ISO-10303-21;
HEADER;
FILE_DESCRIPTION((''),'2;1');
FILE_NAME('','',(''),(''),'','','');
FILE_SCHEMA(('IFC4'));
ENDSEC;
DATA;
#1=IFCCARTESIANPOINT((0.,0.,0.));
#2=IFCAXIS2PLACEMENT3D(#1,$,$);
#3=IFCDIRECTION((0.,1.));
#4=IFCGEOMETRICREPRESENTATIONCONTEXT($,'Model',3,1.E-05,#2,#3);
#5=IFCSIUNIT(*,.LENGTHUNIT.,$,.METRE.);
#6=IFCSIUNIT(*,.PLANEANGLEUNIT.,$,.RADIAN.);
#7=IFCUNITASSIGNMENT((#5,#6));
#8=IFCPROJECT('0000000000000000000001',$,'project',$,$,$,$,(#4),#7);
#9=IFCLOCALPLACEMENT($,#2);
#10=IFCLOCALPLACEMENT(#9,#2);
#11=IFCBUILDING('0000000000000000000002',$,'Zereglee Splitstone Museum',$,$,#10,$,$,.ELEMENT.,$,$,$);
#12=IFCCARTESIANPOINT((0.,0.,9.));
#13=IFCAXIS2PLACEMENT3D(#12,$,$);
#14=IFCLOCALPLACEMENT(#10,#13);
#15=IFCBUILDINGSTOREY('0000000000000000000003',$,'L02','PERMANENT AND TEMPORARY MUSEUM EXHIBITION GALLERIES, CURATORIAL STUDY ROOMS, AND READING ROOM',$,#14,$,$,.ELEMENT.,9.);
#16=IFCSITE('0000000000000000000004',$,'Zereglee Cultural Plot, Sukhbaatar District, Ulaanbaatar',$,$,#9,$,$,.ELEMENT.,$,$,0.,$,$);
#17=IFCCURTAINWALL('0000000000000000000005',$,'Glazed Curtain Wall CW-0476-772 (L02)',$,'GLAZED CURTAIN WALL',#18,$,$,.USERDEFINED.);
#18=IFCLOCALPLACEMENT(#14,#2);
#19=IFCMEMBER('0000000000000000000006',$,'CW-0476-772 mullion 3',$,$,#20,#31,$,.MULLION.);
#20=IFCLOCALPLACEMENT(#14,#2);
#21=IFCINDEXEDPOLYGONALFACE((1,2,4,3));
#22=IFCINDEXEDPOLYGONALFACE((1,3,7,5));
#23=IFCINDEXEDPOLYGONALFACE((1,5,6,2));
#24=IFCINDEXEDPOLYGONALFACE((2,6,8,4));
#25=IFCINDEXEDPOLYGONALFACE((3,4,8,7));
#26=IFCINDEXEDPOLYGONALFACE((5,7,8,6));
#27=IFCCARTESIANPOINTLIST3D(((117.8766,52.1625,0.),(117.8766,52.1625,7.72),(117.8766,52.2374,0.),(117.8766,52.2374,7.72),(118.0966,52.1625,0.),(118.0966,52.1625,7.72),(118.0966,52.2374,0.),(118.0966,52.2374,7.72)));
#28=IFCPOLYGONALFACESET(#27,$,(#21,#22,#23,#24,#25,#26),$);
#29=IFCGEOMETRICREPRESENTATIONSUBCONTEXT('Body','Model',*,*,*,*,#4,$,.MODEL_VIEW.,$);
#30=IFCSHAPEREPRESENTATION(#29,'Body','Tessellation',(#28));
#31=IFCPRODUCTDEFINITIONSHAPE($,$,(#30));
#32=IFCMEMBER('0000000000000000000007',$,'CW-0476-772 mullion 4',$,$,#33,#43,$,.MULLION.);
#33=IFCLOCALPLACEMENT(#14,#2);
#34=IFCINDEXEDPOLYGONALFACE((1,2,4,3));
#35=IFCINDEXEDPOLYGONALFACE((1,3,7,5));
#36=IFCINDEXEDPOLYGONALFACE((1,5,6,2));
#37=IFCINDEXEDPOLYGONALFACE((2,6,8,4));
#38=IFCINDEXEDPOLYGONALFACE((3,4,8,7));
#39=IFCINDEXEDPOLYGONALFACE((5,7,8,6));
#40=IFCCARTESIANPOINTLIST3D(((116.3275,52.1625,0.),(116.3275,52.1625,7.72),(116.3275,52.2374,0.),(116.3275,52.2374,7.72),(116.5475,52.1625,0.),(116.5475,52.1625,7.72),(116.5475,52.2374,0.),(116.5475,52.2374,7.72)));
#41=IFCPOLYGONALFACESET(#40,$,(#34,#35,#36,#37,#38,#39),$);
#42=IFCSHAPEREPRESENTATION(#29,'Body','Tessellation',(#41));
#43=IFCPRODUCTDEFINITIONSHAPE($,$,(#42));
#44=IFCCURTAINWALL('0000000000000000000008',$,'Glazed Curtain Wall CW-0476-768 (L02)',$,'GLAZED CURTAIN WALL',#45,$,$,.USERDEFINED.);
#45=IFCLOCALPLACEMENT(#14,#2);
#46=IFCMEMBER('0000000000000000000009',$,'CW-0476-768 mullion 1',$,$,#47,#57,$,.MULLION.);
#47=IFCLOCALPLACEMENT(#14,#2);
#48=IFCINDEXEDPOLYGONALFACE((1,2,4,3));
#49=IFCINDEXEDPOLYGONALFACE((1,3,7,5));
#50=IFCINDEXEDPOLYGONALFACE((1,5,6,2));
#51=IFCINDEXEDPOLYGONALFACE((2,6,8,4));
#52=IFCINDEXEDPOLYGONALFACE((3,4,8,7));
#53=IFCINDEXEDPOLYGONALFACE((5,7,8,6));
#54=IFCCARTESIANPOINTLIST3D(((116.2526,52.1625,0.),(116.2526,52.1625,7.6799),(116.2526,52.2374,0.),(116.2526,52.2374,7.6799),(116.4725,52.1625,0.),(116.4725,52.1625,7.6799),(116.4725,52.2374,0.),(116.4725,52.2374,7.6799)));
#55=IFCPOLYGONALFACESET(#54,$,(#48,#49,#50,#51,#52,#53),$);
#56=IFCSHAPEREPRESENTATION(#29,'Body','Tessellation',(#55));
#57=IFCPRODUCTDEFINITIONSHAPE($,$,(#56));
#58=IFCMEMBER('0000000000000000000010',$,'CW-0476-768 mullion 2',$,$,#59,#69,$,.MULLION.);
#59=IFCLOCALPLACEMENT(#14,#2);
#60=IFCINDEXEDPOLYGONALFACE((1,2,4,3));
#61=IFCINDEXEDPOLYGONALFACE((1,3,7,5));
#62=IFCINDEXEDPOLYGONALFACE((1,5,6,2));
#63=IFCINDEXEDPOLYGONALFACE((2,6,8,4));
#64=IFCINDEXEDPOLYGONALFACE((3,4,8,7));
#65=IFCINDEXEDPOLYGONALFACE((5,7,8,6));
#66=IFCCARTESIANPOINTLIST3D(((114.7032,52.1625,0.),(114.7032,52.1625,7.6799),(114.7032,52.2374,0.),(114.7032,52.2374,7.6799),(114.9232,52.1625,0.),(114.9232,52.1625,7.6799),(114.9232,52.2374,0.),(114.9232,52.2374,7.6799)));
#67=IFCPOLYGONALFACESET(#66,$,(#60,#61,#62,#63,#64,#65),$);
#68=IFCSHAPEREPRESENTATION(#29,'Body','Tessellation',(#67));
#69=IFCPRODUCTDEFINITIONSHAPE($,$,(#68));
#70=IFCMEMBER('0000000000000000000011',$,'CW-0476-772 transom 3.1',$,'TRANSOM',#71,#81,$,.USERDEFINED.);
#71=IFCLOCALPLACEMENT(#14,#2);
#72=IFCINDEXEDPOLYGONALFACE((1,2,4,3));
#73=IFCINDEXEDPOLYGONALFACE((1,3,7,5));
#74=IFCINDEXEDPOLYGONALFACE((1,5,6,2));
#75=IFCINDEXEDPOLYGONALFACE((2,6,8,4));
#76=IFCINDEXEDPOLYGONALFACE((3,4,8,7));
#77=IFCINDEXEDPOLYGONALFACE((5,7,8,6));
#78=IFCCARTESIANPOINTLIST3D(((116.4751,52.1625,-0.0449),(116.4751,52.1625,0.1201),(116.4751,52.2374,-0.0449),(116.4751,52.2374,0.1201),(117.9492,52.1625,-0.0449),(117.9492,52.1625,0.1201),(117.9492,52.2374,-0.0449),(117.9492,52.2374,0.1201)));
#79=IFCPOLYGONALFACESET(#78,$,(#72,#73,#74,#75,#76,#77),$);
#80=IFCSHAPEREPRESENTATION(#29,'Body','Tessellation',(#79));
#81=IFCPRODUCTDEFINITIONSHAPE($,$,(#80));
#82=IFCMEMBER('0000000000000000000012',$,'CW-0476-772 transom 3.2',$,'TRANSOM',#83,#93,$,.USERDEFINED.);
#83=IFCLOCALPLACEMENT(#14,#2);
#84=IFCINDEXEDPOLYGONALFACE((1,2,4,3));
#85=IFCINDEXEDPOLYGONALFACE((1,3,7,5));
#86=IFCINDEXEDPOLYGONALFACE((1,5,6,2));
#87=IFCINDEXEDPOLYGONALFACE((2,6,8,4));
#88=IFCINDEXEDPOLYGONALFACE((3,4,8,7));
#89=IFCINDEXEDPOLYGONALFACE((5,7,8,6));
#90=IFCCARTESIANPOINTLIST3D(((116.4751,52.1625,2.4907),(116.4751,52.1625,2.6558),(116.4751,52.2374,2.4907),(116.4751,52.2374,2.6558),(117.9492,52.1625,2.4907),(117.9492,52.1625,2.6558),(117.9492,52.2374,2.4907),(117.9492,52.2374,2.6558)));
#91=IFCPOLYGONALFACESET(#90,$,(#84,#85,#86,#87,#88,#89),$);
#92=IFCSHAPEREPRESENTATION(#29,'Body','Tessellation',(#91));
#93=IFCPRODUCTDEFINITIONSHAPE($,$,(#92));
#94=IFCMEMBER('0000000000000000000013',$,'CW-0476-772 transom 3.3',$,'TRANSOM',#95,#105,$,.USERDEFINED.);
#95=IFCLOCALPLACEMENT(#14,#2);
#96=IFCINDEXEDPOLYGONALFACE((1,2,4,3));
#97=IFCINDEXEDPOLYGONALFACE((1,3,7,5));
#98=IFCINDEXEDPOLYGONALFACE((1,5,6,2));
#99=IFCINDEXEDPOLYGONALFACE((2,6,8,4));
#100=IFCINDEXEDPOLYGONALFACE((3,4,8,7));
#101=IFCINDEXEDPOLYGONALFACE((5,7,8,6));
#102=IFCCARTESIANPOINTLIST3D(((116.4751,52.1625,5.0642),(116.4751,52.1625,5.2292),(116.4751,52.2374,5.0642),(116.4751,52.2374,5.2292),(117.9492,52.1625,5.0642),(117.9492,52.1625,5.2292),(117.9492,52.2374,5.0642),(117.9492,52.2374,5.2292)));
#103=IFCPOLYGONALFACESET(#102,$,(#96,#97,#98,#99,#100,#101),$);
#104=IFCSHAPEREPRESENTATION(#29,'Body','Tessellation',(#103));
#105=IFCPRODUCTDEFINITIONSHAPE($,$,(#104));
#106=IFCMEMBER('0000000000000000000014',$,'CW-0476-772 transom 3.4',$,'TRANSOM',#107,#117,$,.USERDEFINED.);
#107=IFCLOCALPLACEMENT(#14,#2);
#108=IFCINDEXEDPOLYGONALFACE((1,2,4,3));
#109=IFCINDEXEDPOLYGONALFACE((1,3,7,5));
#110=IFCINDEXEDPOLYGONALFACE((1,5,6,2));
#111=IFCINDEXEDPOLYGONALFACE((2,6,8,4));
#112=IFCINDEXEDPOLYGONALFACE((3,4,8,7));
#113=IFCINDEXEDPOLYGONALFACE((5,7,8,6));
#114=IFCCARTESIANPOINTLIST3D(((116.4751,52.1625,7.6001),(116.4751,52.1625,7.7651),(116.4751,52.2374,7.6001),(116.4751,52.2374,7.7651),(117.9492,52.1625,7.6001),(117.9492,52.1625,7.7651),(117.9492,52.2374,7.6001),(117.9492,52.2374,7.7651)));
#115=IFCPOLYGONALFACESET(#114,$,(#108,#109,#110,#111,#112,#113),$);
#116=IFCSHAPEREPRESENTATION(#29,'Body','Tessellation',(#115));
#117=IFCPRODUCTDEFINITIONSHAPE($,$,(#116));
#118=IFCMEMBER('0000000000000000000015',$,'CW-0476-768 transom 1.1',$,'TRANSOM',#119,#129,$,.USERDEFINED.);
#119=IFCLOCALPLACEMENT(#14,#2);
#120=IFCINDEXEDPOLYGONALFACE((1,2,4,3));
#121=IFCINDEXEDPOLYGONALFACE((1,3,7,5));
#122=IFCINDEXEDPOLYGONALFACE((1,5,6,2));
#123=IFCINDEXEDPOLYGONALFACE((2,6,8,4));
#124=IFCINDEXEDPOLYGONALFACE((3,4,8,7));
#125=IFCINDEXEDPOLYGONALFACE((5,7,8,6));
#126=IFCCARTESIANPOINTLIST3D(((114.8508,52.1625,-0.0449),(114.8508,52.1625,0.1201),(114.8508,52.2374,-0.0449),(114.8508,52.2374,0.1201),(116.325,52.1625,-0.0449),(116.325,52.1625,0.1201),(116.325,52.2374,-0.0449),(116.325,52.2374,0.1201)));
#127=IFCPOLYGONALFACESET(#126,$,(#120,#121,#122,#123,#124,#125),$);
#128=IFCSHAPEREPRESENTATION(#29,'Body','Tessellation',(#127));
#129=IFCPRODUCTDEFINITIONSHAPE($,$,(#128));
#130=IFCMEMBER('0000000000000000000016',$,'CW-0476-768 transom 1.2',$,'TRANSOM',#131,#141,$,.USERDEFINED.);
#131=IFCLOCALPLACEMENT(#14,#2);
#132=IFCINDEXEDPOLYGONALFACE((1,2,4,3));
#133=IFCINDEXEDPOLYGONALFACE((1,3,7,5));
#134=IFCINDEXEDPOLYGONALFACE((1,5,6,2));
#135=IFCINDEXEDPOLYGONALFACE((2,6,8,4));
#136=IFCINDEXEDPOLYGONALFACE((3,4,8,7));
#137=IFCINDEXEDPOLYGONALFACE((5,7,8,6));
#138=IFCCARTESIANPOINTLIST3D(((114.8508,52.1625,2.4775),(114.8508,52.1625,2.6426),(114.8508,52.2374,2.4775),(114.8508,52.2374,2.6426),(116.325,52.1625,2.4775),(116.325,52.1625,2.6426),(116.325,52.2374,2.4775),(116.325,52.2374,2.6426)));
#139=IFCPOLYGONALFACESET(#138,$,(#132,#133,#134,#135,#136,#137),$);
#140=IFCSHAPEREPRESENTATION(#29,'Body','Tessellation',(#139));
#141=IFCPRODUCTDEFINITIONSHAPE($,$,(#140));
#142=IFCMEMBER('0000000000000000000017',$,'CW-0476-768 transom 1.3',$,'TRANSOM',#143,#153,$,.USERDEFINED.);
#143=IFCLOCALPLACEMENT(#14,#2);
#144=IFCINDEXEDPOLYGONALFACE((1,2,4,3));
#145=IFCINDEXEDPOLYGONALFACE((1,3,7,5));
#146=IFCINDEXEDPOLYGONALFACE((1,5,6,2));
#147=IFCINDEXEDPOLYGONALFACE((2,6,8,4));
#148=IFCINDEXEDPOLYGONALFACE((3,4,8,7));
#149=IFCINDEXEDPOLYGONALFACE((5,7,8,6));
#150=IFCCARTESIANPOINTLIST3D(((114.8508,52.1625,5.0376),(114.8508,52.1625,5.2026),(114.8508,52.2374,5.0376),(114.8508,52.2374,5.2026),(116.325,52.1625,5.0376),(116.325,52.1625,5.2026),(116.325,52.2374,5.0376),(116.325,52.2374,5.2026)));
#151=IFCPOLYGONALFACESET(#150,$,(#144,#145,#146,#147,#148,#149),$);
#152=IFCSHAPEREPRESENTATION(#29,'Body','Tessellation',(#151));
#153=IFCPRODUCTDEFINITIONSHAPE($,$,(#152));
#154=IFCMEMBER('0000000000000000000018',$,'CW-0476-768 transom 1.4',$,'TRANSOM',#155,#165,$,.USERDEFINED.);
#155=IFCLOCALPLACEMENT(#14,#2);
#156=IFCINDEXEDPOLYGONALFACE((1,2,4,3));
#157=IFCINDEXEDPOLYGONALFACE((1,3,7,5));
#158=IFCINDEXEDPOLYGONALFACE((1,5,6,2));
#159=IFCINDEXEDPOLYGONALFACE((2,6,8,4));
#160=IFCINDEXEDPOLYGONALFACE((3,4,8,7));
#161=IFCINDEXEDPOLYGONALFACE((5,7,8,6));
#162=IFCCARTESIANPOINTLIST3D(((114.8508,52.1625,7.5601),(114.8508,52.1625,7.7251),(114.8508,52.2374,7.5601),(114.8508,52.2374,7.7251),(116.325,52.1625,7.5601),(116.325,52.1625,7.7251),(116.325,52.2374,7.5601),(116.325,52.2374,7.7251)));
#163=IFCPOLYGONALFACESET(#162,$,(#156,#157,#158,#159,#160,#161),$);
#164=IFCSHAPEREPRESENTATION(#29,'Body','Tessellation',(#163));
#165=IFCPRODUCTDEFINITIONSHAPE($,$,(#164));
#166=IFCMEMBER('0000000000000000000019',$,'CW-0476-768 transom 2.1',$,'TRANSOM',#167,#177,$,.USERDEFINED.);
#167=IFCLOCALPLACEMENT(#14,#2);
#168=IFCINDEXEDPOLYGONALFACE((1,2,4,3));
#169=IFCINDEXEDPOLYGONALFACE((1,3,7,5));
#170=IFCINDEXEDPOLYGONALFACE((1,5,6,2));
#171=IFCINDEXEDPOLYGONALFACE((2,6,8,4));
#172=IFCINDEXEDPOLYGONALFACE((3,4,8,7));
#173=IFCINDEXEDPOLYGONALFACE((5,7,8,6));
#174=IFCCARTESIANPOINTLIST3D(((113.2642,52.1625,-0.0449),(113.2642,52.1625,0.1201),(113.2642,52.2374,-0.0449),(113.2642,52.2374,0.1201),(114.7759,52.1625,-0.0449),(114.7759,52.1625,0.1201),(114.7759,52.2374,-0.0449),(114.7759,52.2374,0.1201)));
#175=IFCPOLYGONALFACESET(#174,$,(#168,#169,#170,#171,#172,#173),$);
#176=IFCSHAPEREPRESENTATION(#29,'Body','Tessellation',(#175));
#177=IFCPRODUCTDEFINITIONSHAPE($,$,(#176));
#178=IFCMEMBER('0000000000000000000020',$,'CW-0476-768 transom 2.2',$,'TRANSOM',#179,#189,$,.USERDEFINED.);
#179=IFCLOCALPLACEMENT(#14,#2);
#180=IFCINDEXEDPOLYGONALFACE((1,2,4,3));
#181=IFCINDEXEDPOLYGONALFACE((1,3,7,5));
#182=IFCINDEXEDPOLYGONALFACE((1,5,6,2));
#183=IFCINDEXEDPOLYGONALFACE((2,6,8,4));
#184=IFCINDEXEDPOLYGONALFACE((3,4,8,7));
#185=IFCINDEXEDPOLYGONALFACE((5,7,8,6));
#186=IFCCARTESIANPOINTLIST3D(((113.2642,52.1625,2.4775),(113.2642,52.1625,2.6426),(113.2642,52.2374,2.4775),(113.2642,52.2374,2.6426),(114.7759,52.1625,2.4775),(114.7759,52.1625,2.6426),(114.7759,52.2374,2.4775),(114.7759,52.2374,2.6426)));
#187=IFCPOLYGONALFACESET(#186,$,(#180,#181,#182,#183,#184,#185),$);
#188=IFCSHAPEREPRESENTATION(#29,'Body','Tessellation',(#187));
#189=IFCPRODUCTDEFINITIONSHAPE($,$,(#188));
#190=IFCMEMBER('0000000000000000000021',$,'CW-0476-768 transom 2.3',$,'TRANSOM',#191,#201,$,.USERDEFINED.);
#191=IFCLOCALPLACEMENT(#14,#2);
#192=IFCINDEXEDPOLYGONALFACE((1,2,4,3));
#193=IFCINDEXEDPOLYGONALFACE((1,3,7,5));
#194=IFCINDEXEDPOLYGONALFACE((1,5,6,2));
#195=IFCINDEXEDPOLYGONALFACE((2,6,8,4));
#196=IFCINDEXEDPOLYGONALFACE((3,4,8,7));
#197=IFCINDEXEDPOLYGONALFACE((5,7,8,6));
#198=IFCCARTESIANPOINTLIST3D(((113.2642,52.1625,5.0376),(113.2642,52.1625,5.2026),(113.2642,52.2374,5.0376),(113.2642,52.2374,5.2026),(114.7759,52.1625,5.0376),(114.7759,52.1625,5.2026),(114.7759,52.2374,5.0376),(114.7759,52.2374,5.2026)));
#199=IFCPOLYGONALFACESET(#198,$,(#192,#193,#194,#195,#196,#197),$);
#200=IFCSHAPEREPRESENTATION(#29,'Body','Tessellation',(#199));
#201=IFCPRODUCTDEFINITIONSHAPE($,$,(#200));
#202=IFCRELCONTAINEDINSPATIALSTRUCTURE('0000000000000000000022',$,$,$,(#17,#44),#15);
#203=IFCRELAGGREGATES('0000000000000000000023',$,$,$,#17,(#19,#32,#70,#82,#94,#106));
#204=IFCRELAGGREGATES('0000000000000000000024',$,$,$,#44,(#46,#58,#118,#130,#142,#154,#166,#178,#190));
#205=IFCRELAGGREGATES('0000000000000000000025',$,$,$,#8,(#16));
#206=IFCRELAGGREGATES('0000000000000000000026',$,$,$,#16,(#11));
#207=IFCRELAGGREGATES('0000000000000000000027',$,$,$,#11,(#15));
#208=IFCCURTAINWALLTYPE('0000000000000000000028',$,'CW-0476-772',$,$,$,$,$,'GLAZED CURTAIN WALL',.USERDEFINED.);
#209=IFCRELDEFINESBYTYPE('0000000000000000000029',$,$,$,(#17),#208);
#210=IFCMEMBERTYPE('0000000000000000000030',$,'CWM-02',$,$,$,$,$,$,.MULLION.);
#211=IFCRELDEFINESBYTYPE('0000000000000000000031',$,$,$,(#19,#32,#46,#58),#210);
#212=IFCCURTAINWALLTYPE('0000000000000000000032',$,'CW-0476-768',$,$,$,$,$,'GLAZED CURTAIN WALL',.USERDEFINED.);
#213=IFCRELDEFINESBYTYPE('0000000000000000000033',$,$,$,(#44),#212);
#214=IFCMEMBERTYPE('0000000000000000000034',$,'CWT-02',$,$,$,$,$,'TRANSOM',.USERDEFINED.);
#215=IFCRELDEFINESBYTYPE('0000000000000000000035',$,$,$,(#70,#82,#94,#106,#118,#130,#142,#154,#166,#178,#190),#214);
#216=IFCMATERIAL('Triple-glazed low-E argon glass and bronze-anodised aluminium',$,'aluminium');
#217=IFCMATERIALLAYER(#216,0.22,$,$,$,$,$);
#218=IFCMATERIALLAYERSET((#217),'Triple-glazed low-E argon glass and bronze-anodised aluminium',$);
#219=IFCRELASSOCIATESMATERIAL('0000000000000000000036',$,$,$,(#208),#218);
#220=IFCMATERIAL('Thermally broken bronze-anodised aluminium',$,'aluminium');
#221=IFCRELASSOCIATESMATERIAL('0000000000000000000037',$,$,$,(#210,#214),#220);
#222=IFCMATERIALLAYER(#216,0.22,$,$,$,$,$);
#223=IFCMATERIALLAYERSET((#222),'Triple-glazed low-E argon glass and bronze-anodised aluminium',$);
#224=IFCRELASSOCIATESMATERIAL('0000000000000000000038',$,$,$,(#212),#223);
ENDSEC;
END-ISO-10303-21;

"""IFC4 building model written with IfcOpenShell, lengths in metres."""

from ifc_helpers import new_model, si_unit, direction, frame, origin, origin_2d, place, context, subcontext, project, spatial, rectangle, extrude, material, layer, layer_set, material_profile, profile_set, type_object, element, aggregate, save


model = new_model("IFC4")

# Units and contexts
model_context = context("Model", 3, precision=1e-05, world=origin(), true_north=direction((0.0, 1.0)))
body_context = subcontext(model_context, "Body", "Model", "MODEL_VIEW")
ifc_project = project(units=[si_unit("LENGTHUNIT", "METRE"), si_unit("PLANEANGLEUNIT", "RADIAN")], contexts=[model_context])

# Site, building, storey
site_placement = place(None, origin())
site = spatial("IfcSite", under=ifc_project, at=site_placement, Name="Zereglee Cultural Plot, Sukhbaatar District, Ulaanbaatar", CompositionType="ELEMENT", RefElevation=0.0)
building_placement = place(site_placement, origin())
building = spatial("IfcBuilding", under=site, at=building_placement, Name="Zereglee Splitstone Museum", CompositionType="ELEMENT")
storey_placement = place(building_placement, frame((0.0, 0.0, 9.0)))
storey = spatial("IfcBuildingStorey", under=building, at=storey_placement, Name="L02", Description="PERMANENT AND TEMPORARY MUSEUM EXHIBITION GALLERIES, CURATORIAL STUDY ROOMS, AND READING ROOM", CompositionType="ELEMENT", Elevation=9.0)

# Curtain walls, members
ifc_material_1 = material(Name="Triple-glazed low-E argon glass and bronze-anodised aluminium", Category="aluminium")
ifc_layer_1 = layer(ifc_material_1, 0.22)
ifc_layer_set_1 = layer_set([ifc_layer_1], Name="Triple-glazed low-E argon glass and bronze-anodised aluminium")
curtain_wall_type_1 = type_object("IfcCurtainWallType", Name="CW-0476-772", ElementType="GLAZED CURTAIN WALL", PredefinedType="USERDEFINED", material=ifc_layer_set_1)
curtain_wall_1_placement = place(storey_placement, origin())
curtain_wall_1 = element("IfcCurtainWall", 1, at=curtain_wall_1_placement, inside=storey, type_object=curtain_wall_type_1, Name="Glazed Curtain Wall CW-0476-772 (L02)", ObjectType="GLAZED CURTAIN WALL", PredefinedType="USERDEFINED")
ifc_material_2 = material(Name="Thermally broken bronze-anodised aluminium", Category="aluminium")
ifc_material_profile_1 = material_profile(ifc_material_2, rectangle(XDim=0.075, YDim=0.22, at=origin_2d()), Name="CW MULL 75x220")
ifc_profile_set_1 = profile_set([ifc_material_profile_1], Name="Thermally broken bronze-anodised aluminium")
member_type_1 = type_object("IfcMemberType", Name="CWM-02", PredefinedType="MULLION", material=ifc_profile_set_1)
member_1_placement = place(storey_placement, frame((117.9866, 52.2, 0.0), z_axis=(0.0, 0.0, 1.0), x_axis=(0.0, -1.0, 0.0)))
member_1 = element("IfcMember", 2, at=member_1_placement, type_object=member_type_1, Name="CW-0476-772 mullion 3", PredefinedType="MULLION", context=body_context, shape_type="SweptSolid", body=[
    extrude(rectangle(XDim=0.075, YDim=0.22, at=origin_2d()), origin(), (0.0, 0.0, 1.0), 7.72),
])
member_2_placement = place(storey_placement, frame((116.4375, 52.2, 0.0), z_axis=(0.0, 0.0, 1.0), x_axis=(0.0, -1.0, 0.0)))
member_2 = element("IfcMember", 3, at=member_2_placement, type_object=member_type_1, Name="CW-0476-772 mullion 4", PredefinedType="MULLION", context=body_context, shape_type="SweptSolid", body=[
    extrude(rectangle(XDim=0.075, YDim=0.22, at=origin_2d()), origin(), (0.0, 0.0, 1.0), 7.72),
])
ifc_layer_2 = layer(ifc_material_1, 0.22)
ifc_layer_set_2 = layer_set([ifc_layer_2], Name="Triple-glazed low-E argon glass and bronze-anodised aluminium")
curtain_wall_type_2 = type_object("IfcCurtainWallType", Name="CW-0476-768", ElementType="GLAZED CURTAIN WALL", PredefinedType="USERDEFINED", material=ifc_layer_set_2)
curtain_wall_2_placement = place(storey_placement, origin())
curtain_wall_2 = element("IfcCurtainWall", 4, at=curtain_wall_2_placement, inside=storey, type_object=curtain_wall_type_2, Name="Glazed Curtain Wall CW-0476-768 (L02)", ObjectType="GLAZED CURTAIN WALL", PredefinedType="USERDEFINED")
member_3_placement = place(storey_placement, frame((116.3625, 52.2, 0.0), z_axis=(0.0, 0.0, 1.0), x_axis=(0.0, -1.0, 0.0)))
member_3 = element("IfcMember", 5, at=member_3_placement, type_object=member_type_1, Name="CW-0476-768 mullion 1", PredefinedType="MULLION", context=body_context, shape_type="SweptSolid", body=[
    extrude(rectangle(XDim=0.075, YDim=0.22, at=origin_2d()), origin(), (0.0, 0.0, 1.0), 7.6799),
])
member_4_placement = place(storey_placement, frame((114.8132, 52.2, 0.0), z_axis=(0.0, 0.0, 1.0), x_axis=(0.0, -1.0, 0.0)))
member_4 = element("IfcMember", 6, at=member_4_placement, type_object=member_type_1, Name="CW-0476-768 mullion 2", PredefinedType="MULLION", context=body_context, shape_type="SweptSolid", body=[
    extrude(rectangle(XDim=0.075, YDim=0.22, at=origin_2d()), origin(), (0.0, 0.0, 1.0), 7.6799),
])

# Members
ifc_material_profile_2 = material_profile(ifc_material_2, rectangle(XDim=0.075, YDim=0.165, at=origin_2d()), Name="CW TRAN 75x165")
ifc_profile_set_2 = profile_set([ifc_material_profile_2], Name="Thermally broken bronze-anodised aluminium")
member_type_2 = type_object("IfcMemberType", Name="CWT-02", ElementType="TRANSOM", PredefinedType="USERDEFINED", material=ifc_profile_set_2)
member_5_placement = place(storey_placement, frame((117.9492, 52.2, 0.0376), z_axis=(-1.0, 0.0, 0.0), x_axis=(0.0, -1.0, 0.0)))
member_5 = element("IfcMember", 7, at=member_5_placement, type_object=member_type_2, Name="CW-0476-772 transom 3.1", ObjectType="TRANSOM", PredefinedType="USERDEFINED", context=body_context, shape_type="SweptSolid", body=[
    extrude(rectangle(XDim=0.075, YDim=0.165, at=origin_2d()), origin(), (0.0, 0.0, 1.0), 1.4741),
])
member_6_placement = place(storey_placement, frame((117.9492, 52.2, 2.5732), z_axis=(-1.0, 0.0, 0.0), x_axis=(0.0, -1.0, 0.0)))
member_6 = element("IfcMember", 8, at=member_6_placement, type_object=member_type_2, Name="CW-0476-772 transom 3.2", ObjectType="TRANSOM", PredefinedType="USERDEFINED", context=body_context, shape_type="SweptSolid", body=[
    extrude(rectangle(XDim=0.075, YDim=0.165, at=origin_2d()), origin(), (0.0, 0.0, 1.0), 1.4741),
])
member_7_placement = place(storey_placement, frame((117.9492, 52.2, 5.1467), z_axis=(-1.0, 0.0, 0.0), x_axis=(0.0, -1.0, 0.0)))
member_7 = element("IfcMember", 9, at=member_7_placement, type_object=member_type_2, Name="CW-0476-772 transom 3.3", ObjectType="TRANSOM", PredefinedType="USERDEFINED", context=body_context, shape_type="SweptSolid", body=[
    extrude(rectangle(XDim=0.075, YDim=0.165, at=origin_2d()), origin(), (0.0, 0.0, 1.0), 1.4741),
])
member_8_placement = place(storey_placement, frame((117.9492, 52.2, 7.6826), z_axis=(-1.0, 0.0, 0.0), x_axis=(0.0, -1.0, 0.0)))
member_8 = element("IfcMember", 10, at=member_8_placement, type_object=member_type_2, Name="CW-0476-772 transom 3.4", ObjectType="TRANSOM", PredefinedType="USERDEFINED", context=body_context, shape_type="SweptSolid", body=[
    extrude(rectangle(XDim=0.075, YDim=0.165, at=origin_2d()), origin(), (0.0, 0.0, 1.0), 1.4741),
])
member_9_placement = place(storey_placement, frame((116.325, 52.2, 0.0376), z_axis=(-1.0, 0.0, 0.0), x_axis=(0.0, -1.0, 0.0)))
member_9 = element("IfcMember", 11, at=member_9_placement, type_object=member_type_2, Name="CW-0476-768 transom 1.1", ObjectType="TRANSOM", PredefinedType="USERDEFINED", context=body_context, shape_type="SweptSolid", body=[
    extrude(rectangle(XDim=0.075, YDim=0.165, at=origin_2d()), origin(), (0.0, 0.0, 1.0), 1.4741),
])
member_10_placement = place(storey_placement, frame((116.325, 52.2, 2.5601), z_axis=(-1.0, 0.0, 0.0), x_axis=(0.0, -1.0, 0.0)))
member_10 = element("IfcMember", 12, at=member_10_placement, type_object=member_type_2, Name="CW-0476-768 transom 1.2", ObjectType="TRANSOM", PredefinedType="USERDEFINED", context=body_context, shape_type="SweptSolid", body=[
    extrude(rectangle(XDim=0.075, YDim=0.165, at=origin_2d()), origin(), (0.0, 0.0, 1.0), 1.4741),
])
member_11_placement = place(storey_placement, frame((116.325, 52.2, 5.1201), z_axis=(-1.0, 0.0, 0.0), x_axis=(0.0, -1.0, 0.0)))
member_11 = element("IfcMember", 13, at=member_11_placement, type_object=member_type_2, Name="CW-0476-768 transom 1.3", ObjectType="TRANSOM", PredefinedType="USERDEFINED", context=body_context, shape_type="SweptSolid", body=[
    extrude(rectangle(XDim=0.075, YDim=0.165, at=origin_2d()), origin(), (0.0, 0.0, 1.0), 1.4741),
])
member_12_placement = place(storey_placement, frame((116.325, 52.2, 7.6426), z_axis=(-1.0, 0.0, 0.0), x_axis=(0.0, -1.0, 0.0)))
member_12 = element("IfcMember", 14, at=member_12_placement, type_object=member_type_2, Name="CW-0476-768 transom 1.4", ObjectType="TRANSOM", PredefinedType="USERDEFINED", context=body_context, shape_type="SweptSolid", body=[
    extrude(rectangle(XDim=0.075, YDim=0.165, at=origin_2d()), origin(), (0.0, 0.0, 1.0), 1.4741),
])
member_13_placement = place(storey_placement, frame((114.7759, 52.2, 0.0376), z_axis=(-1.0, 0.0, 0.0), x_axis=(0.0, -1.0, 0.0)))
member_13 = element("IfcMember", 15, at=member_13_placement, type_object=member_type_2, Name="CW-0476-768 transom 2.1", ObjectType="TRANSOM", PredefinedType="USERDEFINED", context=body_context, shape_type="SweptSolid", body=[
    extrude(rectangle(XDim=0.075, YDim=0.165, at=origin_2d()), origin(), (0.0, 0.0, 1.0), 1.5117),
])
member_14_placement = place(storey_placement, frame((114.7759, 52.2, 2.5601), z_axis=(-1.0, 0.0, 0.0), x_axis=(0.0, -1.0, 0.0)))
member_14 = element("IfcMember", 16, at=member_14_placement, type_object=member_type_2, Name="CW-0476-768 transom 2.2", ObjectType="TRANSOM", PredefinedType="USERDEFINED", context=body_context, shape_type="SweptSolid", body=[
    extrude(rectangle(XDim=0.075, YDim=0.165, at=origin_2d()), origin(), (0.0, 0.0, 1.0), 1.5117),
])
member_15_placement = place(storey_placement, frame((114.7759, 52.2, 5.1201), z_axis=(-1.0, 0.0, 0.0), x_axis=(0.0, -1.0, 0.0)))
member_15 = element("IfcMember", 17, at=member_15_placement, type_object=member_type_2, Name="CW-0476-768 transom 2.3", ObjectType="TRANSOM", PredefinedType="USERDEFINED", context=body_context, shape_type="SweptSolid", body=[
    extrude(rectangle(XDim=0.075, YDim=0.165, at=origin_2d()), origin(), (0.0, 0.0, 1.0), 1.5117),
])

aggregate(curtain_wall_1, [member_1, member_2, member_5, member_6, member_7, member_8])
aggregate(curtain_wall_2, [member_3, member_4, member_9, member_10, member_11, member_12, member_13, member_14, member_15])

save(model, "model.ifc")
